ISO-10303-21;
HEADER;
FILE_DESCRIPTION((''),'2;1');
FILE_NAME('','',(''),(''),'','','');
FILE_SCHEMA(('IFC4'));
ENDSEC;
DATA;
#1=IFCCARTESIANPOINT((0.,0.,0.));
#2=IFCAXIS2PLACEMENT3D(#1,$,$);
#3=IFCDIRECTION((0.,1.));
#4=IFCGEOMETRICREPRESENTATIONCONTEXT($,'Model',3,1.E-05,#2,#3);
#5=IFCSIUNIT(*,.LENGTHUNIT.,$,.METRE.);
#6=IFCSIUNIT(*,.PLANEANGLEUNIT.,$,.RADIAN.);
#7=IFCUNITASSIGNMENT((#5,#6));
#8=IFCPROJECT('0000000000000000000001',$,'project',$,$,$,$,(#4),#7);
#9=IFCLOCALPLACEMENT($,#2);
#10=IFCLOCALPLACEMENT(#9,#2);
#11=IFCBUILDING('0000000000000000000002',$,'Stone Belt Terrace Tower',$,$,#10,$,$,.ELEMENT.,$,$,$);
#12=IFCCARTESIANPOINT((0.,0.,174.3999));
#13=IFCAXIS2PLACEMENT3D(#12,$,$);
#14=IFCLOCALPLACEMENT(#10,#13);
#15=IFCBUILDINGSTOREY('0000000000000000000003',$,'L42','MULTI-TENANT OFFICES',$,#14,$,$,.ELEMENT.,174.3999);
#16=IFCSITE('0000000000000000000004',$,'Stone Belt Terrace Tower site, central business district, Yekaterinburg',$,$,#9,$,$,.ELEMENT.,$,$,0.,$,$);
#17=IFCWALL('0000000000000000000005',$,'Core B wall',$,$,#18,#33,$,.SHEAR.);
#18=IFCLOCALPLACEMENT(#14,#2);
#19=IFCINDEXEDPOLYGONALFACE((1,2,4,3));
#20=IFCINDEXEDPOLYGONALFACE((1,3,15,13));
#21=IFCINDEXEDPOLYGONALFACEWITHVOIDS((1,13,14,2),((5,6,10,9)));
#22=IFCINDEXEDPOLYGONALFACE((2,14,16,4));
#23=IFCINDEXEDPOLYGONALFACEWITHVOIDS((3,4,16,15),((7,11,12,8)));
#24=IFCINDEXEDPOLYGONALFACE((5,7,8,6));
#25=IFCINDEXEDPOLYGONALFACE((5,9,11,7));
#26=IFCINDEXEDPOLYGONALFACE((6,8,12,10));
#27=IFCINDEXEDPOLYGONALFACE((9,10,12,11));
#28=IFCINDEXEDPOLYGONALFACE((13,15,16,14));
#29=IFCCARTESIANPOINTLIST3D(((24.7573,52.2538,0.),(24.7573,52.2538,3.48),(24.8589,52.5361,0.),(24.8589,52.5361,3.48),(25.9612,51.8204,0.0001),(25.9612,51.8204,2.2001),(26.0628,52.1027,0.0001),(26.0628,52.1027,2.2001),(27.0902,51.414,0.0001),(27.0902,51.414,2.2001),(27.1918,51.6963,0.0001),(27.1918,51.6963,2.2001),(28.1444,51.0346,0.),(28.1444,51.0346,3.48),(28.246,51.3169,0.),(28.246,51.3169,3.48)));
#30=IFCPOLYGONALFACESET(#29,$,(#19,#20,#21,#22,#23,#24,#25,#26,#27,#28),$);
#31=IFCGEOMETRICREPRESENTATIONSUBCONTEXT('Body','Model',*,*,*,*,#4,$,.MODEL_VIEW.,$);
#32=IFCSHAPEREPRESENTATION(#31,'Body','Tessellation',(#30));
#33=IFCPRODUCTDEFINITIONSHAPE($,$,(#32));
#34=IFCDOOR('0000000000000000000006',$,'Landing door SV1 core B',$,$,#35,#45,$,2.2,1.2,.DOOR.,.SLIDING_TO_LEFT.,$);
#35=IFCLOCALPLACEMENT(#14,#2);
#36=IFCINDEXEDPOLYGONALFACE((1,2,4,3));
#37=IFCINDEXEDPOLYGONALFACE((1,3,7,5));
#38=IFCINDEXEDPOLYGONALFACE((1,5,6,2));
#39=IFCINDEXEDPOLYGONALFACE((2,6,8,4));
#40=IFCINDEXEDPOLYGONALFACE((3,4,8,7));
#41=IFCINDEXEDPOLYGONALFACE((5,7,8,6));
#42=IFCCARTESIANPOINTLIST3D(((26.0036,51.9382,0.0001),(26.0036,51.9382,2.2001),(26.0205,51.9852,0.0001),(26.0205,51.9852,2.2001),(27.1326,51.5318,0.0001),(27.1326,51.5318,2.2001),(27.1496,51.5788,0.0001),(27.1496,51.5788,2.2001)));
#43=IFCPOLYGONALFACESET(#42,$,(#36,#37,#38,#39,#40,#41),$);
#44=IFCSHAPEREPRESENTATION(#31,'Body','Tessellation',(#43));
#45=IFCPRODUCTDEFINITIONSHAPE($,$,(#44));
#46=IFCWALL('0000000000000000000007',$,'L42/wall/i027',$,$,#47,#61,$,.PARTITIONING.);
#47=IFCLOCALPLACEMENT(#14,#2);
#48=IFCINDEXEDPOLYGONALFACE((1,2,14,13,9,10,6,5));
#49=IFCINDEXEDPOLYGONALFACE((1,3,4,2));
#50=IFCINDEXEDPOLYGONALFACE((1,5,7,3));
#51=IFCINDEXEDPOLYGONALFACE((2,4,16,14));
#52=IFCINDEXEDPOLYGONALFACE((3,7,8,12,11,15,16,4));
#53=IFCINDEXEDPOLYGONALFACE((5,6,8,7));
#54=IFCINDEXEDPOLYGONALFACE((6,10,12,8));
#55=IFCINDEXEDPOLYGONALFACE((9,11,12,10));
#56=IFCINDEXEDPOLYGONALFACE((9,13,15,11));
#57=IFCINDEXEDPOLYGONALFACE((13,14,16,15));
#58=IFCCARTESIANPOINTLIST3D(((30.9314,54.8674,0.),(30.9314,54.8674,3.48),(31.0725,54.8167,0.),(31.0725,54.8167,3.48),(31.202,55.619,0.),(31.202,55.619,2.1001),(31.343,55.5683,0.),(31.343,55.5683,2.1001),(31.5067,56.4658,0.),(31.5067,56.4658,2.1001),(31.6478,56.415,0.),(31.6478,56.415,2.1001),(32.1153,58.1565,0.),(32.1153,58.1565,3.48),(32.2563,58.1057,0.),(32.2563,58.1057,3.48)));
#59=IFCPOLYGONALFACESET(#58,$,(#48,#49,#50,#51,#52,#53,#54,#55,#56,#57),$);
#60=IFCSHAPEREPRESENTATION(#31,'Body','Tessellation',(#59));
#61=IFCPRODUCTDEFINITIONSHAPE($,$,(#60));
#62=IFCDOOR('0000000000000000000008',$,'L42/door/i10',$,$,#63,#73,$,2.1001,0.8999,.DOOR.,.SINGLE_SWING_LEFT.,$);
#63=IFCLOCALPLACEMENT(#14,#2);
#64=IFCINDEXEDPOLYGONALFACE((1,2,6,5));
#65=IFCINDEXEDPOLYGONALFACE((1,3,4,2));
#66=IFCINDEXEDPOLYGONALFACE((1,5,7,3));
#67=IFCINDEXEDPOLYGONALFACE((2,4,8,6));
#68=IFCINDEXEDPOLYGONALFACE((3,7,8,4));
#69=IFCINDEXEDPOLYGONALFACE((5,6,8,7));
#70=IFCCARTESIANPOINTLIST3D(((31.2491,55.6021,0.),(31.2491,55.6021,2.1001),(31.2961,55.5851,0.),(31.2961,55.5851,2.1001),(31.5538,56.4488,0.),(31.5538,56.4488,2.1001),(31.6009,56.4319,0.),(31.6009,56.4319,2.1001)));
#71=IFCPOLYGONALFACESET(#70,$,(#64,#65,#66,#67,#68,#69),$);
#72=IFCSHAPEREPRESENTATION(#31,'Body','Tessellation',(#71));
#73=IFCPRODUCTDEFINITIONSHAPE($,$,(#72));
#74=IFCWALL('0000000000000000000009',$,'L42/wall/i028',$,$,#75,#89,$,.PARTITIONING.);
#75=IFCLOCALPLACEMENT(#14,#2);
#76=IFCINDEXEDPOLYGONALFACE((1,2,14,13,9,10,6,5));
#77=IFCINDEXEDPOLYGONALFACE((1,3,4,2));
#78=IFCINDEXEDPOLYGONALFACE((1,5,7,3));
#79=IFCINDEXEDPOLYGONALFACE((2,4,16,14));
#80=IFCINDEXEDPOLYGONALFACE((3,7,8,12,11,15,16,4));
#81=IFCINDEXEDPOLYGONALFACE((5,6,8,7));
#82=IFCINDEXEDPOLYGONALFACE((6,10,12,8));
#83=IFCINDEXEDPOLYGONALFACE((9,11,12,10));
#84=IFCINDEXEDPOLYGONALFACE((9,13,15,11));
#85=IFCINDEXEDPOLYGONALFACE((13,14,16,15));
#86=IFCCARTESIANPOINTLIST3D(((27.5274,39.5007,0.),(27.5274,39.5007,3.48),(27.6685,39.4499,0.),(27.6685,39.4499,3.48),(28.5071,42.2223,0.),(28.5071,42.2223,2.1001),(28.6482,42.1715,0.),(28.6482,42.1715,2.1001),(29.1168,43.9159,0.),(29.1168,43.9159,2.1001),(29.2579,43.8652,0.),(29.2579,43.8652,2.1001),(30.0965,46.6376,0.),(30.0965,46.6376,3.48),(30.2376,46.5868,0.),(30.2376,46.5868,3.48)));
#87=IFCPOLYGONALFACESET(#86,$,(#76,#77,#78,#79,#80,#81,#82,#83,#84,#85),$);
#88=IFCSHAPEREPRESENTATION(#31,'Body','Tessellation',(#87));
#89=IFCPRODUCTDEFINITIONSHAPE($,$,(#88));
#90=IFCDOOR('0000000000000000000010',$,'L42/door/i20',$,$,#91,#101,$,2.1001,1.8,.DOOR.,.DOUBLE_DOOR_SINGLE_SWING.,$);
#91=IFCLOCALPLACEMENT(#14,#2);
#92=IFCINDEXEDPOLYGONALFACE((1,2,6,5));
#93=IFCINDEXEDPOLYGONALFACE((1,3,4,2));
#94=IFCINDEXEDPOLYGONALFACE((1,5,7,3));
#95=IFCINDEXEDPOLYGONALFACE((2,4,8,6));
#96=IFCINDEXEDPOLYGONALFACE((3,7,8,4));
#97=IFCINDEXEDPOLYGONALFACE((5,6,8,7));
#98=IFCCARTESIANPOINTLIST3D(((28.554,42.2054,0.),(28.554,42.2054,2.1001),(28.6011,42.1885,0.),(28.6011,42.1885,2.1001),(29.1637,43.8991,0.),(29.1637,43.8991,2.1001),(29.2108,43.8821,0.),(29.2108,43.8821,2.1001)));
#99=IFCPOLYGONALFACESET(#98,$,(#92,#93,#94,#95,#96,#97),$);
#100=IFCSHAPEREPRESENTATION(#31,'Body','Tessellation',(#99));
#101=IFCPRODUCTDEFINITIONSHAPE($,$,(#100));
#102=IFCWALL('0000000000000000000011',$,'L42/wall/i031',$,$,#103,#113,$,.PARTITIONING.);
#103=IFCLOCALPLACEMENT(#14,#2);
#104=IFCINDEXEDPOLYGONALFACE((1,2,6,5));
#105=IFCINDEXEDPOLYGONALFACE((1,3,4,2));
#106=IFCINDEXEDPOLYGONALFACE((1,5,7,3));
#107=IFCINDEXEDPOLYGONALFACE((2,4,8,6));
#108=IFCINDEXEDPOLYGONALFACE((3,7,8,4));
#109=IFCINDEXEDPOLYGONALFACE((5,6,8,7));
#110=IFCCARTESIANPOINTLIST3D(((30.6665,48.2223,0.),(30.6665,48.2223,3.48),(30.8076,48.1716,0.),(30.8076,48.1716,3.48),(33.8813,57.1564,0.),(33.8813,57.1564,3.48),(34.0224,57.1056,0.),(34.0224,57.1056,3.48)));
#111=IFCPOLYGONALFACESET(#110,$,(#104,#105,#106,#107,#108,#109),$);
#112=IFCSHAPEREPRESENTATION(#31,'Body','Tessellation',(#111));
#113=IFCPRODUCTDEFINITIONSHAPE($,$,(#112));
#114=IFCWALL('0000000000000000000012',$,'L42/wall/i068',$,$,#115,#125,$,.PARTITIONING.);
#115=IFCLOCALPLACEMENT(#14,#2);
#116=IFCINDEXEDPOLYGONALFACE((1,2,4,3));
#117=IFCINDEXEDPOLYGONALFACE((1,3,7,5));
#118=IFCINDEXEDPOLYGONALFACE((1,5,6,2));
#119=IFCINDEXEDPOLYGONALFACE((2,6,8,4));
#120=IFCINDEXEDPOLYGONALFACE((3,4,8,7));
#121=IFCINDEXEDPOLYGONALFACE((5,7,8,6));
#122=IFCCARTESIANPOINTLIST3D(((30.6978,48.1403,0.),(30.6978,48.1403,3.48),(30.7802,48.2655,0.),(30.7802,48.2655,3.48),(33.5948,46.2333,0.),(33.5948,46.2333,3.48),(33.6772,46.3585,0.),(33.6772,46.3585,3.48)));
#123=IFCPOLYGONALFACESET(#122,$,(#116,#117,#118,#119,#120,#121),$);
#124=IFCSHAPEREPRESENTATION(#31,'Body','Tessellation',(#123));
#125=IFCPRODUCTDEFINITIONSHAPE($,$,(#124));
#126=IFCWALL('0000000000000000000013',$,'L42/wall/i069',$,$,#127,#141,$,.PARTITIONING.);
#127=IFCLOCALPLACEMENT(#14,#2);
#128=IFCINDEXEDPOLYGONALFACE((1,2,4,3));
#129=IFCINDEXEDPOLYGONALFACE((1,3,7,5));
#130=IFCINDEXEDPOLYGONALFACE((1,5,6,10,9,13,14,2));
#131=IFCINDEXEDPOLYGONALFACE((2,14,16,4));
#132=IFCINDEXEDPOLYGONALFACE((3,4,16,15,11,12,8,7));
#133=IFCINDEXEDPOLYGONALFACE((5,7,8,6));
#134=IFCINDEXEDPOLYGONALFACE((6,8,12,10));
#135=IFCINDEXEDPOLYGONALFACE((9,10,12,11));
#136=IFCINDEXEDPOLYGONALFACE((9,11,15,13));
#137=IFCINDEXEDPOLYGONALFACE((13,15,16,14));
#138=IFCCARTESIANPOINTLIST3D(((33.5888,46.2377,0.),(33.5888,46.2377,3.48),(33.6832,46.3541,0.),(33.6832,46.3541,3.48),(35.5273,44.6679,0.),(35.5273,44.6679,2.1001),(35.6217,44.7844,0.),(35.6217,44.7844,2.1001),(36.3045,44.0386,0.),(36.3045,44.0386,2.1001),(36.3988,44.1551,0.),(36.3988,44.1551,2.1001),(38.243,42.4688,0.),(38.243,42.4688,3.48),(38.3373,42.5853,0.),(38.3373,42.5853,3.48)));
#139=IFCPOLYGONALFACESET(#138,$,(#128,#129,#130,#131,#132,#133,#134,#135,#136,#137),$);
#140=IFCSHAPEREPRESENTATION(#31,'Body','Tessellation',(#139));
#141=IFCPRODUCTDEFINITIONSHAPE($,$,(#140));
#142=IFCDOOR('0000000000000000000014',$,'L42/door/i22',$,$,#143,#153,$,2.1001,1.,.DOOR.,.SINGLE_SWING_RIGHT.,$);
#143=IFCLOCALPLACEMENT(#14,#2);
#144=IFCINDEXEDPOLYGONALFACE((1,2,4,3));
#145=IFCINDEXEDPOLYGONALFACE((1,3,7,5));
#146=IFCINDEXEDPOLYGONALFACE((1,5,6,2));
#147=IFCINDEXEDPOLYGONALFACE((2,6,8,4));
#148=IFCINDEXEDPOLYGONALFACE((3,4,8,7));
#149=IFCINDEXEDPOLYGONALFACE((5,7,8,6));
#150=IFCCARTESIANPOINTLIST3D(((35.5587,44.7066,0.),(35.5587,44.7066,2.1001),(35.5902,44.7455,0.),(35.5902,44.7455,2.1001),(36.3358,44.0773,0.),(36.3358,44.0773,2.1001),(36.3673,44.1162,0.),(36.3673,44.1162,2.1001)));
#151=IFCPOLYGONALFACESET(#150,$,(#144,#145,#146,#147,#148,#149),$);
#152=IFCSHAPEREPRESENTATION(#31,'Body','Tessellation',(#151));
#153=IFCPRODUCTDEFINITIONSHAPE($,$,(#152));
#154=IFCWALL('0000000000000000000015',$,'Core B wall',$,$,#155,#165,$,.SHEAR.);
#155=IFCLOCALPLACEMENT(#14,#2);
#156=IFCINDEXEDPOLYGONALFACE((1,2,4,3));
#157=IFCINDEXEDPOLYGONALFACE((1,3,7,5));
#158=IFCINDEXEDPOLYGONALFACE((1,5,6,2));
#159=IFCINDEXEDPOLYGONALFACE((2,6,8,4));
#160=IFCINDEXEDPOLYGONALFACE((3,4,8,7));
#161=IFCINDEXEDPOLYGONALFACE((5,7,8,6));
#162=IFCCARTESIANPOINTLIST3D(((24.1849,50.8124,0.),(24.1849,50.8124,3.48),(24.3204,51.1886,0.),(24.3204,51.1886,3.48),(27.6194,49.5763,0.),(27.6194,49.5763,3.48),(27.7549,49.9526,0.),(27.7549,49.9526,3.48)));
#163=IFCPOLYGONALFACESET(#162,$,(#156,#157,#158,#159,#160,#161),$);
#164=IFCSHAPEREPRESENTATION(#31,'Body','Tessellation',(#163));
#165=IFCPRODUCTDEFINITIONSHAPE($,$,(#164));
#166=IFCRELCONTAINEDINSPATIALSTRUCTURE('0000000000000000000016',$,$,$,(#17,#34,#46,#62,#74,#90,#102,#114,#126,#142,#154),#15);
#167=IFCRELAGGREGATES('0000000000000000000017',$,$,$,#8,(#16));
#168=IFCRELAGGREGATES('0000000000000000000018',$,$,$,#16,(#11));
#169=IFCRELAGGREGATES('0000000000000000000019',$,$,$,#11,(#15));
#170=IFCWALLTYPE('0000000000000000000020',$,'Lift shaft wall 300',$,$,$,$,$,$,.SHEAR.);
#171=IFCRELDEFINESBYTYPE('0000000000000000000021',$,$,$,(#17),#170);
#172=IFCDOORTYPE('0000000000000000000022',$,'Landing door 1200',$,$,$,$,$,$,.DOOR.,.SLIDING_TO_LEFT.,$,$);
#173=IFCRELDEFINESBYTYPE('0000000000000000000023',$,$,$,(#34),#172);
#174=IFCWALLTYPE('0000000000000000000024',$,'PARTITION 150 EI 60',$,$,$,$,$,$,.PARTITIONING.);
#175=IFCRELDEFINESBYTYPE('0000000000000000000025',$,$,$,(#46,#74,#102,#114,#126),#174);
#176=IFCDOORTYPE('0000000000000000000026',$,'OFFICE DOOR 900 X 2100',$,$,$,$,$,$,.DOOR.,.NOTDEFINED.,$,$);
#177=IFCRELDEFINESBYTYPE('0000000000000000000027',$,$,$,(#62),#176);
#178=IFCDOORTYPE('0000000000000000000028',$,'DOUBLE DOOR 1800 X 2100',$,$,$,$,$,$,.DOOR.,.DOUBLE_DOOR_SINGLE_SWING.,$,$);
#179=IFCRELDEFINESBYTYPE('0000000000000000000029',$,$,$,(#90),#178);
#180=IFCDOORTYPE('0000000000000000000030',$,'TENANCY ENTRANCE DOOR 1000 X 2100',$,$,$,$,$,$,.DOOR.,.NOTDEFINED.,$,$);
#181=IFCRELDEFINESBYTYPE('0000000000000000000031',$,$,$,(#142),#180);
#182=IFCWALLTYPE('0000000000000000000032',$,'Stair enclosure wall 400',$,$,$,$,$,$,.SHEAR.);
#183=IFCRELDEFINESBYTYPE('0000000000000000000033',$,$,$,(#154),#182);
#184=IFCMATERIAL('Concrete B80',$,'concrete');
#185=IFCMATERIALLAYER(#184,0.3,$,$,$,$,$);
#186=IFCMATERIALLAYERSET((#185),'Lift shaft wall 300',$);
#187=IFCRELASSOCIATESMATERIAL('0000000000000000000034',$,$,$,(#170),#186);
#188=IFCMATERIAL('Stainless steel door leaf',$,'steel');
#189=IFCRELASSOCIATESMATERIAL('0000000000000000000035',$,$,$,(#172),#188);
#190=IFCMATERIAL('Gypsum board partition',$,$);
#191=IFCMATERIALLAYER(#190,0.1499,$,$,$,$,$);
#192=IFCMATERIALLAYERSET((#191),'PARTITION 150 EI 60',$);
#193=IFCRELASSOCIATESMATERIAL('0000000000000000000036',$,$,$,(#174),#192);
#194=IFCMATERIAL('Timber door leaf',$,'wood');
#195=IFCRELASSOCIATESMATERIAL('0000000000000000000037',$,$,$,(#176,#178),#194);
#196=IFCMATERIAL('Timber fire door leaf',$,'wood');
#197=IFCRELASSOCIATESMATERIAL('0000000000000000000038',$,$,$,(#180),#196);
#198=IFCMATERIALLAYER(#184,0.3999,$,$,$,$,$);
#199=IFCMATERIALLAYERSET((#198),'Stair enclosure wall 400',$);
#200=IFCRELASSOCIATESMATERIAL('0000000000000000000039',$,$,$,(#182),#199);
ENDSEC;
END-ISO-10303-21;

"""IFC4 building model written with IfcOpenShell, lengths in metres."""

from ifc_helpers import new_model, si_unit, direction, frame, frame_2d, origin, place, context, subcontext, project, spatial, rectangle, extrude, material, layer, layer_set, type_object, element, fill, save


model = new_model("IFC4")

# Units and contexts
model_context = context("Model", 3, precision=1e-05, world=origin(), true_north=direction((0.0, 1.0)))
body_context = subcontext(model_context, "Body", "Model", "MODEL_VIEW")
ifc_project = project(units=[si_unit("LENGTHUNIT", "METRE"), si_unit("PLANEANGLEUNIT", "RADIAN")], contexts=[model_context])

# Site, building, storey
site_placement = place(None, origin())
site = spatial("IfcSite", under=ifc_project, at=site_placement, Name="Stone Belt Terrace Tower site, central business district, Yekaterinburg", CompositionType="ELEMENT", RefElevation=0.0)
building_placement = place(site_placement, origin())
building = spatial("IfcBuilding", under=site, at=building_placement, Name="Stone Belt Terrace Tower", CompositionType="ELEMENT")
storey_placement = place(building_placement, frame((0.0, 0.0, 174.3999)))
storey = spatial("IfcBuildingStorey", under=building, at=storey_placement, Name="L42", Description="MULTI-TENANT OFFICES", CompositionType="ELEMENT", Elevation=174.3999)

# Shared definitions
ifc_material_1 = material(Name="Concrete B80", Category="concrete")

# Walls, openings, doors
ifc_layer_1 = layer(ifc_material_1, 0.3)
ifc_layer_set_1 = layer_set([ifc_layer_1], Name="Lift shaft wall 300")
wall_type_1 = type_object("IfcWallType", Name="Lift shaft wall 300", PredefinedType="SHEAR", material=ifc_layer_set_1)
wall_1_placement = place(storey_placement, frame((28.1951, 51.1758, 0.0), z_axis=(0.0, 0.0, 1.0), x_axis=(-0.940901, 0.338681, 0.0)))
wall_1 = element("IfcWall", 1, at=wall_1_placement, inside=storey, type_object=wall_type_1, Name="Core B wall", PredefinedType="SHEAR", context=body_context, shape_type="SweptSolid", body=[
    extrude(rectangle(XDim=3.5999, YDim=0.3, at=frame_2d((1.7998, 0.0))), origin(), (0.0, 0.0, 1.0), 3.48),
])
opening_1_placement = place(wall_1_placement, frame((1.1201, 0.0, 0.0)))
opening_1 = element("IfcOpeningElement", 2, at=opening_1_placement, cuts=wall_1, PredefinedType="OPENING", context=body_context, shape_type="SweptSolid", body=[
    extrude(rectangle(XDim=1.2, YDim=2.2, at=frame_2d((0.6001, 1.1001))), frame((0.0, 0.1599, 0.0), z_axis=(0.0, -1.0, 0.0), x_axis=(1.0, 0.0, 0.0)), (0.0, 0.0, 1.0), 0.3201),
])
ifc_material_2 = material(Name="Stainless steel door leaf", Category="steel")
door_type_1 = type_object("IfcDoorType", Name="Landing door 1200", OperationType="SLIDING_TO_LEFT", PredefinedType="DOOR", material=ifc_material_2)
door_1_placement = place(opening_1_placement, origin())
door_1 = element("IfcDoor", 3, at=door_1_placement, inside=storey, type_object=door_type_1, Name="Landing door SV1 core B", OperationType="SLIDING_TO_LEFT", OverallHeight=2.2, OverallWidth=1.2, PredefinedType="DOOR", context=body_context, shape_type="SweptSolid", body=[
    extrude(rectangle(XDim=1.2, YDim=2.2, at=frame_2d((0.6001, 1.1001))), frame((0.0, 0.0249, 0.0), z_axis=(0.0, -1.0, 0.0), x_axis=(1.0, 0.0, 0.0)), (0.0, 0.0, 1.0), 0.05),
])
fill(opening_1, door_1)
ifc_material_3 = material(Name="Gypsum board partition")
ifc_layer_2 = layer(ifc_material_3, 0.1499)
ifc_layer_set_2 = layer_set([ifc_layer_2], Name="PARTITION 150 EI 60")
wall_type_2 = type_object("IfcWallType", Name="PARTITION 150 EI 60", PredefinedType="PARTITIONING", material=ifc_layer_set_2)
wall_2_placement = place(storey_placement, frame((31.002, 54.842, 0.0), z_axis=(0.0, 0.0, 1.0), x_axis=(0.338663, 0.940908, 0.0)))
wall_2 = element("IfcWall", 4, at=wall_2_placement, inside=storey, type_object=wall_type_2, Name="L42/wall/i027", PredefinedType="PARTITIONING", context=body_context, shape_type="SweptSolid", body=[
    extrude(rectangle(XDim=3.4956, YDim=0.1499, at=frame_2d((1.7478, 0.0))), origin(), (0.0, 0.0, 1.0), 3.48),
])
opening_2_placement = place(wall_2_placement, frame((0.7988, 0.0, 0.0)))
opening_2 = element("IfcOpeningElement", 5, at=opening_2_placement, cuts=wall_2, PredefinedType="OPENING", context=body_context, shape_type="SweptSolid", body=[
    extrude(rectangle(XDim=0.8999, YDim=2.1001, at=frame_2d((0.45, 1.05))), frame((0.0, 0.085, 0.0), z_axis=(0.0, -1.0, 0.0), x_axis=(1.0, 0.0, 0.0)), (0.0, 0.0, 1.0), 0.1699),
])
ifc_material_4 = material(Name="Timber door leaf", Category="wood")
door_type_2 = type_object("IfcDoorType", Name="OFFICE DOOR 900 X 2100", OperationType="NOTDEFINED", PredefinedType="DOOR", material=ifc_material_4)
door_2_placement = place(opening_2_placement, origin())
door_2 = element("IfcDoor", 6, at=door_2_placement, inside=storey, type_object=door_type_2, Name="L42/door/i10", OperationType="SINGLE_SWING_LEFT", OverallHeight=2.1001, OverallWidth=0.8999, PredefinedType="DOOR", context=body_context, shape_type="SweptSolid", body=[
    extrude(rectangle(XDim=0.8999, YDim=2.1001, at=frame_2d((0.45, 1.05))), frame((0.0, 0.0249, 0.0), z_axis=(0.0, -1.0, 0.0), x_axis=(1.0, 0.0, 0.0)), (0.0, 0.0, 1.0), 0.05),
])
fill(opening_2, door_2)
wall_3_placement = place(storey_placement, frame((30.167, 46.6121, 0.0), z_axis=(0.0, 0.0, 1.0), x_axis=(-0.338694, -0.940896, 0.0)))
wall_3 = element("IfcWall", 7, at=wall_3_placement, inside=storey, type_object=wall_type_2, Name="L42/wall/i028", PredefinedType="PARTITIONING", context=body_context, shape_type="SweptSolid", body=[
    extrude(rectangle(XDim=7.5852, YDim=0.1499, at=frame_2d((3.7925, 0.0))), origin(), (0.0, 0.0, 1.0), 3.48),
])
opening_3_placement = place(wall_3_placement, frame((2.8926, 0.0, 0.0)))
opening_3 = element("IfcOpeningElement", 8, at=opening_3_placement, cuts=wall_3, PredefinedType="OPENING", context=body_context, shape_type="SweptSolid", body=[
    extrude(rectangle(XDim=1.8, YDim=2.1001, at=frame_2d((0.8999, 1.05))), frame((0.0, 0.085, 0.0), z_axis=(0.0, -1.0, 0.0), x_axis=(1.0, 0.0, 0.0)), (0.0, 0.0, 1.0), 0.1699),
])
door_type_3 = type_object("IfcDoorType", Name="DOUBLE DOOR 1800 X 2100", OperationType="DOUBLE_DOOR_SINGLE_SWING", PredefinedType="DOOR", material=ifc_material_4)
door_3_placement = place(opening_3_placement, origin())
door_3 = element("IfcDoor", 9, at=door_3_placement, inside=storey, type_object=door_type_3, Name="L42/door/i20", OperationType="DOUBLE_DOOR_SINGLE_SWING", OverallHeight=2.1001, OverallWidth=1.8, PredefinedType="DOOR", context=body_context, shape_type="SweptSolid", body=[
    extrude(rectangle(XDim=1.8, YDim=2.1001, at=frame_2d((0.8999, 1.05))), frame((0.0, 0.0249, 0.0), z_axis=(0.0, -1.0, 0.0), x_axis=(1.0, 0.0, 0.0)), (0.0, 0.0, 1.0), 0.05),
])
fill(opening_3, door_3)

# Walls
wall_4_placement = place(storey_placement, frame((33.9519, 57.1311, 0.0), z_axis=(0.0, 0.0, 1.0), x_axis=(-0.338587, -0.940935, 0.0)))
element("IfcWall", 10, at=wall_4_placement, inside=storey, type_object=wall_type_2, Name="L42/wall/i031", PredefinedType="PARTITIONING", context=body_context, shape_type="SweptSolid", body=[
    extrude(rectangle(XDim=9.4949, YDim=0.1499, at=frame_2d((4.7476, 0.0))), origin(), (0.0, 0.0, 1.0), 3.48),
])
wall_5_placement = place(storey_placement, frame((30.739, 48.2029, 0.0), z_axis=(0.0, 0.0, 1.0), x_axis=(0.835274, -0.549834, 0.0)))
element("IfcWall", 11, at=wall_5_placement, inside=storey, type_object=wall_type_2, Name="L42/wall/i068", PredefinedType="PARTITIONING", context=body_context, shape_type="SweptSolid", body=[
    extrude(rectangle(XDim=3.4683, YDim=0.1499, at=frame_2d((1.7341, 0.0))), origin(), (0.0, 0.0, 1.0), 3.48),
])

# Wall, opening, door
wall_6_placement = place(storey_placement, frame((33.636, 46.2959, 0.0), z_axis=(0.0, 0.0, 1.0), x_axis=(0.777144, -0.629323, 0.0)))
wall_6 = element("IfcWall", 12, at=wall_6_placement, inside=storey, type_object=wall_type_2, Name="L42/wall/i069", PredefinedType="PARTITIONING", context=body_context, shape_type="SweptSolid", body=[
    extrude(rectangle(XDim=5.9888, YDim=0.1499, at=frame_2d((2.9944, 0.0))), origin(), (0.0, 0.0, 1.0), 3.48),
])
opening_4_placement = place(wall_6_placement, frame((2.4944, 0.0, 0.0)))
opening_4 = element("IfcOpeningElement", 13, at=opening_4_placement, cuts=wall_6, PredefinedType="OPENING", context=body_context, shape_type="SweptSolid", body=[
    extrude(rectangle(XDim=1.0, YDim=2.1001, at=frame_2d((0.5, 1.05))), frame((0.0, 0.085, 0.0), z_axis=(0.0, -1.0, 0.0), x_axis=(1.0, 0.0, 0.0)), (0.0, 0.0, 1.0), 0.1699),
])
ifc_material_5 = material(Name="Timber fire door leaf", Category="wood")
door_type_4 = type_object("IfcDoorType", Name="TENANCY ENTRANCE DOOR 1000 X 2100", OperationType="NOTDEFINED", PredefinedType="DOOR", material=ifc_material_5)
door_4_placement = place(opening_4_placement, origin())
door_4 = element("IfcDoor", 14, at=door_4_placement, inside=storey, type_object=door_type_4, Name="L42/door/i22", OperationType="SINGLE_SWING_RIGHT", OverallHeight=2.1001, OverallWidth=1.0, PredefinedType="DOOR", context=body_context, shape_type="SweptSolid", body=[
    extrude(rectangle(XDim=1.0, YDim=2.1001, at=frame_2d((0.5, 1.05))), frame((0.0, 0.0249, 0.0), z_axis=(0.0, -1.0, 0.0), x_axis=(1.0, 0.0, 0.0)), (0.0, 0.0, 1.0), 0.05),
])
fill(opening_4, door_4)

# Wall
ifc_layer_3 = layer(ifc_material_1, 0.3999)
ifc_layer_set_3 = layer_set([ifc_layer_3], Name="Stair enclosure wall 400")
wall_type_3 = type_object("IfcWallType", Name="Stair enclosure wall 400", PredefinedType="SHEAR", material=ifc_layer_set_3)
wall_7_placement = place(storey_placement, frame((27.6873, 49.7644, 0.0), z_axis=(0.0, 0.0, 1.0), x_axis=(-0.940919, 0.338632, 0.0)))
element("IfcWall", 15, at=wall_7_placement, inside=storey, type_object=wall_type_3, Name="Core B wall", PredefinedType="SHEAR", context=body_context, shape_type="SweptSolid", body=[
    extrude(rectangle(XDim=3.6501, YDim=0.3999, at=frame_2d((1.8252, 0.0))), origin(), (0.0, 0.0, 1.0), 3.48),
])

save(model, "model.ifc")
